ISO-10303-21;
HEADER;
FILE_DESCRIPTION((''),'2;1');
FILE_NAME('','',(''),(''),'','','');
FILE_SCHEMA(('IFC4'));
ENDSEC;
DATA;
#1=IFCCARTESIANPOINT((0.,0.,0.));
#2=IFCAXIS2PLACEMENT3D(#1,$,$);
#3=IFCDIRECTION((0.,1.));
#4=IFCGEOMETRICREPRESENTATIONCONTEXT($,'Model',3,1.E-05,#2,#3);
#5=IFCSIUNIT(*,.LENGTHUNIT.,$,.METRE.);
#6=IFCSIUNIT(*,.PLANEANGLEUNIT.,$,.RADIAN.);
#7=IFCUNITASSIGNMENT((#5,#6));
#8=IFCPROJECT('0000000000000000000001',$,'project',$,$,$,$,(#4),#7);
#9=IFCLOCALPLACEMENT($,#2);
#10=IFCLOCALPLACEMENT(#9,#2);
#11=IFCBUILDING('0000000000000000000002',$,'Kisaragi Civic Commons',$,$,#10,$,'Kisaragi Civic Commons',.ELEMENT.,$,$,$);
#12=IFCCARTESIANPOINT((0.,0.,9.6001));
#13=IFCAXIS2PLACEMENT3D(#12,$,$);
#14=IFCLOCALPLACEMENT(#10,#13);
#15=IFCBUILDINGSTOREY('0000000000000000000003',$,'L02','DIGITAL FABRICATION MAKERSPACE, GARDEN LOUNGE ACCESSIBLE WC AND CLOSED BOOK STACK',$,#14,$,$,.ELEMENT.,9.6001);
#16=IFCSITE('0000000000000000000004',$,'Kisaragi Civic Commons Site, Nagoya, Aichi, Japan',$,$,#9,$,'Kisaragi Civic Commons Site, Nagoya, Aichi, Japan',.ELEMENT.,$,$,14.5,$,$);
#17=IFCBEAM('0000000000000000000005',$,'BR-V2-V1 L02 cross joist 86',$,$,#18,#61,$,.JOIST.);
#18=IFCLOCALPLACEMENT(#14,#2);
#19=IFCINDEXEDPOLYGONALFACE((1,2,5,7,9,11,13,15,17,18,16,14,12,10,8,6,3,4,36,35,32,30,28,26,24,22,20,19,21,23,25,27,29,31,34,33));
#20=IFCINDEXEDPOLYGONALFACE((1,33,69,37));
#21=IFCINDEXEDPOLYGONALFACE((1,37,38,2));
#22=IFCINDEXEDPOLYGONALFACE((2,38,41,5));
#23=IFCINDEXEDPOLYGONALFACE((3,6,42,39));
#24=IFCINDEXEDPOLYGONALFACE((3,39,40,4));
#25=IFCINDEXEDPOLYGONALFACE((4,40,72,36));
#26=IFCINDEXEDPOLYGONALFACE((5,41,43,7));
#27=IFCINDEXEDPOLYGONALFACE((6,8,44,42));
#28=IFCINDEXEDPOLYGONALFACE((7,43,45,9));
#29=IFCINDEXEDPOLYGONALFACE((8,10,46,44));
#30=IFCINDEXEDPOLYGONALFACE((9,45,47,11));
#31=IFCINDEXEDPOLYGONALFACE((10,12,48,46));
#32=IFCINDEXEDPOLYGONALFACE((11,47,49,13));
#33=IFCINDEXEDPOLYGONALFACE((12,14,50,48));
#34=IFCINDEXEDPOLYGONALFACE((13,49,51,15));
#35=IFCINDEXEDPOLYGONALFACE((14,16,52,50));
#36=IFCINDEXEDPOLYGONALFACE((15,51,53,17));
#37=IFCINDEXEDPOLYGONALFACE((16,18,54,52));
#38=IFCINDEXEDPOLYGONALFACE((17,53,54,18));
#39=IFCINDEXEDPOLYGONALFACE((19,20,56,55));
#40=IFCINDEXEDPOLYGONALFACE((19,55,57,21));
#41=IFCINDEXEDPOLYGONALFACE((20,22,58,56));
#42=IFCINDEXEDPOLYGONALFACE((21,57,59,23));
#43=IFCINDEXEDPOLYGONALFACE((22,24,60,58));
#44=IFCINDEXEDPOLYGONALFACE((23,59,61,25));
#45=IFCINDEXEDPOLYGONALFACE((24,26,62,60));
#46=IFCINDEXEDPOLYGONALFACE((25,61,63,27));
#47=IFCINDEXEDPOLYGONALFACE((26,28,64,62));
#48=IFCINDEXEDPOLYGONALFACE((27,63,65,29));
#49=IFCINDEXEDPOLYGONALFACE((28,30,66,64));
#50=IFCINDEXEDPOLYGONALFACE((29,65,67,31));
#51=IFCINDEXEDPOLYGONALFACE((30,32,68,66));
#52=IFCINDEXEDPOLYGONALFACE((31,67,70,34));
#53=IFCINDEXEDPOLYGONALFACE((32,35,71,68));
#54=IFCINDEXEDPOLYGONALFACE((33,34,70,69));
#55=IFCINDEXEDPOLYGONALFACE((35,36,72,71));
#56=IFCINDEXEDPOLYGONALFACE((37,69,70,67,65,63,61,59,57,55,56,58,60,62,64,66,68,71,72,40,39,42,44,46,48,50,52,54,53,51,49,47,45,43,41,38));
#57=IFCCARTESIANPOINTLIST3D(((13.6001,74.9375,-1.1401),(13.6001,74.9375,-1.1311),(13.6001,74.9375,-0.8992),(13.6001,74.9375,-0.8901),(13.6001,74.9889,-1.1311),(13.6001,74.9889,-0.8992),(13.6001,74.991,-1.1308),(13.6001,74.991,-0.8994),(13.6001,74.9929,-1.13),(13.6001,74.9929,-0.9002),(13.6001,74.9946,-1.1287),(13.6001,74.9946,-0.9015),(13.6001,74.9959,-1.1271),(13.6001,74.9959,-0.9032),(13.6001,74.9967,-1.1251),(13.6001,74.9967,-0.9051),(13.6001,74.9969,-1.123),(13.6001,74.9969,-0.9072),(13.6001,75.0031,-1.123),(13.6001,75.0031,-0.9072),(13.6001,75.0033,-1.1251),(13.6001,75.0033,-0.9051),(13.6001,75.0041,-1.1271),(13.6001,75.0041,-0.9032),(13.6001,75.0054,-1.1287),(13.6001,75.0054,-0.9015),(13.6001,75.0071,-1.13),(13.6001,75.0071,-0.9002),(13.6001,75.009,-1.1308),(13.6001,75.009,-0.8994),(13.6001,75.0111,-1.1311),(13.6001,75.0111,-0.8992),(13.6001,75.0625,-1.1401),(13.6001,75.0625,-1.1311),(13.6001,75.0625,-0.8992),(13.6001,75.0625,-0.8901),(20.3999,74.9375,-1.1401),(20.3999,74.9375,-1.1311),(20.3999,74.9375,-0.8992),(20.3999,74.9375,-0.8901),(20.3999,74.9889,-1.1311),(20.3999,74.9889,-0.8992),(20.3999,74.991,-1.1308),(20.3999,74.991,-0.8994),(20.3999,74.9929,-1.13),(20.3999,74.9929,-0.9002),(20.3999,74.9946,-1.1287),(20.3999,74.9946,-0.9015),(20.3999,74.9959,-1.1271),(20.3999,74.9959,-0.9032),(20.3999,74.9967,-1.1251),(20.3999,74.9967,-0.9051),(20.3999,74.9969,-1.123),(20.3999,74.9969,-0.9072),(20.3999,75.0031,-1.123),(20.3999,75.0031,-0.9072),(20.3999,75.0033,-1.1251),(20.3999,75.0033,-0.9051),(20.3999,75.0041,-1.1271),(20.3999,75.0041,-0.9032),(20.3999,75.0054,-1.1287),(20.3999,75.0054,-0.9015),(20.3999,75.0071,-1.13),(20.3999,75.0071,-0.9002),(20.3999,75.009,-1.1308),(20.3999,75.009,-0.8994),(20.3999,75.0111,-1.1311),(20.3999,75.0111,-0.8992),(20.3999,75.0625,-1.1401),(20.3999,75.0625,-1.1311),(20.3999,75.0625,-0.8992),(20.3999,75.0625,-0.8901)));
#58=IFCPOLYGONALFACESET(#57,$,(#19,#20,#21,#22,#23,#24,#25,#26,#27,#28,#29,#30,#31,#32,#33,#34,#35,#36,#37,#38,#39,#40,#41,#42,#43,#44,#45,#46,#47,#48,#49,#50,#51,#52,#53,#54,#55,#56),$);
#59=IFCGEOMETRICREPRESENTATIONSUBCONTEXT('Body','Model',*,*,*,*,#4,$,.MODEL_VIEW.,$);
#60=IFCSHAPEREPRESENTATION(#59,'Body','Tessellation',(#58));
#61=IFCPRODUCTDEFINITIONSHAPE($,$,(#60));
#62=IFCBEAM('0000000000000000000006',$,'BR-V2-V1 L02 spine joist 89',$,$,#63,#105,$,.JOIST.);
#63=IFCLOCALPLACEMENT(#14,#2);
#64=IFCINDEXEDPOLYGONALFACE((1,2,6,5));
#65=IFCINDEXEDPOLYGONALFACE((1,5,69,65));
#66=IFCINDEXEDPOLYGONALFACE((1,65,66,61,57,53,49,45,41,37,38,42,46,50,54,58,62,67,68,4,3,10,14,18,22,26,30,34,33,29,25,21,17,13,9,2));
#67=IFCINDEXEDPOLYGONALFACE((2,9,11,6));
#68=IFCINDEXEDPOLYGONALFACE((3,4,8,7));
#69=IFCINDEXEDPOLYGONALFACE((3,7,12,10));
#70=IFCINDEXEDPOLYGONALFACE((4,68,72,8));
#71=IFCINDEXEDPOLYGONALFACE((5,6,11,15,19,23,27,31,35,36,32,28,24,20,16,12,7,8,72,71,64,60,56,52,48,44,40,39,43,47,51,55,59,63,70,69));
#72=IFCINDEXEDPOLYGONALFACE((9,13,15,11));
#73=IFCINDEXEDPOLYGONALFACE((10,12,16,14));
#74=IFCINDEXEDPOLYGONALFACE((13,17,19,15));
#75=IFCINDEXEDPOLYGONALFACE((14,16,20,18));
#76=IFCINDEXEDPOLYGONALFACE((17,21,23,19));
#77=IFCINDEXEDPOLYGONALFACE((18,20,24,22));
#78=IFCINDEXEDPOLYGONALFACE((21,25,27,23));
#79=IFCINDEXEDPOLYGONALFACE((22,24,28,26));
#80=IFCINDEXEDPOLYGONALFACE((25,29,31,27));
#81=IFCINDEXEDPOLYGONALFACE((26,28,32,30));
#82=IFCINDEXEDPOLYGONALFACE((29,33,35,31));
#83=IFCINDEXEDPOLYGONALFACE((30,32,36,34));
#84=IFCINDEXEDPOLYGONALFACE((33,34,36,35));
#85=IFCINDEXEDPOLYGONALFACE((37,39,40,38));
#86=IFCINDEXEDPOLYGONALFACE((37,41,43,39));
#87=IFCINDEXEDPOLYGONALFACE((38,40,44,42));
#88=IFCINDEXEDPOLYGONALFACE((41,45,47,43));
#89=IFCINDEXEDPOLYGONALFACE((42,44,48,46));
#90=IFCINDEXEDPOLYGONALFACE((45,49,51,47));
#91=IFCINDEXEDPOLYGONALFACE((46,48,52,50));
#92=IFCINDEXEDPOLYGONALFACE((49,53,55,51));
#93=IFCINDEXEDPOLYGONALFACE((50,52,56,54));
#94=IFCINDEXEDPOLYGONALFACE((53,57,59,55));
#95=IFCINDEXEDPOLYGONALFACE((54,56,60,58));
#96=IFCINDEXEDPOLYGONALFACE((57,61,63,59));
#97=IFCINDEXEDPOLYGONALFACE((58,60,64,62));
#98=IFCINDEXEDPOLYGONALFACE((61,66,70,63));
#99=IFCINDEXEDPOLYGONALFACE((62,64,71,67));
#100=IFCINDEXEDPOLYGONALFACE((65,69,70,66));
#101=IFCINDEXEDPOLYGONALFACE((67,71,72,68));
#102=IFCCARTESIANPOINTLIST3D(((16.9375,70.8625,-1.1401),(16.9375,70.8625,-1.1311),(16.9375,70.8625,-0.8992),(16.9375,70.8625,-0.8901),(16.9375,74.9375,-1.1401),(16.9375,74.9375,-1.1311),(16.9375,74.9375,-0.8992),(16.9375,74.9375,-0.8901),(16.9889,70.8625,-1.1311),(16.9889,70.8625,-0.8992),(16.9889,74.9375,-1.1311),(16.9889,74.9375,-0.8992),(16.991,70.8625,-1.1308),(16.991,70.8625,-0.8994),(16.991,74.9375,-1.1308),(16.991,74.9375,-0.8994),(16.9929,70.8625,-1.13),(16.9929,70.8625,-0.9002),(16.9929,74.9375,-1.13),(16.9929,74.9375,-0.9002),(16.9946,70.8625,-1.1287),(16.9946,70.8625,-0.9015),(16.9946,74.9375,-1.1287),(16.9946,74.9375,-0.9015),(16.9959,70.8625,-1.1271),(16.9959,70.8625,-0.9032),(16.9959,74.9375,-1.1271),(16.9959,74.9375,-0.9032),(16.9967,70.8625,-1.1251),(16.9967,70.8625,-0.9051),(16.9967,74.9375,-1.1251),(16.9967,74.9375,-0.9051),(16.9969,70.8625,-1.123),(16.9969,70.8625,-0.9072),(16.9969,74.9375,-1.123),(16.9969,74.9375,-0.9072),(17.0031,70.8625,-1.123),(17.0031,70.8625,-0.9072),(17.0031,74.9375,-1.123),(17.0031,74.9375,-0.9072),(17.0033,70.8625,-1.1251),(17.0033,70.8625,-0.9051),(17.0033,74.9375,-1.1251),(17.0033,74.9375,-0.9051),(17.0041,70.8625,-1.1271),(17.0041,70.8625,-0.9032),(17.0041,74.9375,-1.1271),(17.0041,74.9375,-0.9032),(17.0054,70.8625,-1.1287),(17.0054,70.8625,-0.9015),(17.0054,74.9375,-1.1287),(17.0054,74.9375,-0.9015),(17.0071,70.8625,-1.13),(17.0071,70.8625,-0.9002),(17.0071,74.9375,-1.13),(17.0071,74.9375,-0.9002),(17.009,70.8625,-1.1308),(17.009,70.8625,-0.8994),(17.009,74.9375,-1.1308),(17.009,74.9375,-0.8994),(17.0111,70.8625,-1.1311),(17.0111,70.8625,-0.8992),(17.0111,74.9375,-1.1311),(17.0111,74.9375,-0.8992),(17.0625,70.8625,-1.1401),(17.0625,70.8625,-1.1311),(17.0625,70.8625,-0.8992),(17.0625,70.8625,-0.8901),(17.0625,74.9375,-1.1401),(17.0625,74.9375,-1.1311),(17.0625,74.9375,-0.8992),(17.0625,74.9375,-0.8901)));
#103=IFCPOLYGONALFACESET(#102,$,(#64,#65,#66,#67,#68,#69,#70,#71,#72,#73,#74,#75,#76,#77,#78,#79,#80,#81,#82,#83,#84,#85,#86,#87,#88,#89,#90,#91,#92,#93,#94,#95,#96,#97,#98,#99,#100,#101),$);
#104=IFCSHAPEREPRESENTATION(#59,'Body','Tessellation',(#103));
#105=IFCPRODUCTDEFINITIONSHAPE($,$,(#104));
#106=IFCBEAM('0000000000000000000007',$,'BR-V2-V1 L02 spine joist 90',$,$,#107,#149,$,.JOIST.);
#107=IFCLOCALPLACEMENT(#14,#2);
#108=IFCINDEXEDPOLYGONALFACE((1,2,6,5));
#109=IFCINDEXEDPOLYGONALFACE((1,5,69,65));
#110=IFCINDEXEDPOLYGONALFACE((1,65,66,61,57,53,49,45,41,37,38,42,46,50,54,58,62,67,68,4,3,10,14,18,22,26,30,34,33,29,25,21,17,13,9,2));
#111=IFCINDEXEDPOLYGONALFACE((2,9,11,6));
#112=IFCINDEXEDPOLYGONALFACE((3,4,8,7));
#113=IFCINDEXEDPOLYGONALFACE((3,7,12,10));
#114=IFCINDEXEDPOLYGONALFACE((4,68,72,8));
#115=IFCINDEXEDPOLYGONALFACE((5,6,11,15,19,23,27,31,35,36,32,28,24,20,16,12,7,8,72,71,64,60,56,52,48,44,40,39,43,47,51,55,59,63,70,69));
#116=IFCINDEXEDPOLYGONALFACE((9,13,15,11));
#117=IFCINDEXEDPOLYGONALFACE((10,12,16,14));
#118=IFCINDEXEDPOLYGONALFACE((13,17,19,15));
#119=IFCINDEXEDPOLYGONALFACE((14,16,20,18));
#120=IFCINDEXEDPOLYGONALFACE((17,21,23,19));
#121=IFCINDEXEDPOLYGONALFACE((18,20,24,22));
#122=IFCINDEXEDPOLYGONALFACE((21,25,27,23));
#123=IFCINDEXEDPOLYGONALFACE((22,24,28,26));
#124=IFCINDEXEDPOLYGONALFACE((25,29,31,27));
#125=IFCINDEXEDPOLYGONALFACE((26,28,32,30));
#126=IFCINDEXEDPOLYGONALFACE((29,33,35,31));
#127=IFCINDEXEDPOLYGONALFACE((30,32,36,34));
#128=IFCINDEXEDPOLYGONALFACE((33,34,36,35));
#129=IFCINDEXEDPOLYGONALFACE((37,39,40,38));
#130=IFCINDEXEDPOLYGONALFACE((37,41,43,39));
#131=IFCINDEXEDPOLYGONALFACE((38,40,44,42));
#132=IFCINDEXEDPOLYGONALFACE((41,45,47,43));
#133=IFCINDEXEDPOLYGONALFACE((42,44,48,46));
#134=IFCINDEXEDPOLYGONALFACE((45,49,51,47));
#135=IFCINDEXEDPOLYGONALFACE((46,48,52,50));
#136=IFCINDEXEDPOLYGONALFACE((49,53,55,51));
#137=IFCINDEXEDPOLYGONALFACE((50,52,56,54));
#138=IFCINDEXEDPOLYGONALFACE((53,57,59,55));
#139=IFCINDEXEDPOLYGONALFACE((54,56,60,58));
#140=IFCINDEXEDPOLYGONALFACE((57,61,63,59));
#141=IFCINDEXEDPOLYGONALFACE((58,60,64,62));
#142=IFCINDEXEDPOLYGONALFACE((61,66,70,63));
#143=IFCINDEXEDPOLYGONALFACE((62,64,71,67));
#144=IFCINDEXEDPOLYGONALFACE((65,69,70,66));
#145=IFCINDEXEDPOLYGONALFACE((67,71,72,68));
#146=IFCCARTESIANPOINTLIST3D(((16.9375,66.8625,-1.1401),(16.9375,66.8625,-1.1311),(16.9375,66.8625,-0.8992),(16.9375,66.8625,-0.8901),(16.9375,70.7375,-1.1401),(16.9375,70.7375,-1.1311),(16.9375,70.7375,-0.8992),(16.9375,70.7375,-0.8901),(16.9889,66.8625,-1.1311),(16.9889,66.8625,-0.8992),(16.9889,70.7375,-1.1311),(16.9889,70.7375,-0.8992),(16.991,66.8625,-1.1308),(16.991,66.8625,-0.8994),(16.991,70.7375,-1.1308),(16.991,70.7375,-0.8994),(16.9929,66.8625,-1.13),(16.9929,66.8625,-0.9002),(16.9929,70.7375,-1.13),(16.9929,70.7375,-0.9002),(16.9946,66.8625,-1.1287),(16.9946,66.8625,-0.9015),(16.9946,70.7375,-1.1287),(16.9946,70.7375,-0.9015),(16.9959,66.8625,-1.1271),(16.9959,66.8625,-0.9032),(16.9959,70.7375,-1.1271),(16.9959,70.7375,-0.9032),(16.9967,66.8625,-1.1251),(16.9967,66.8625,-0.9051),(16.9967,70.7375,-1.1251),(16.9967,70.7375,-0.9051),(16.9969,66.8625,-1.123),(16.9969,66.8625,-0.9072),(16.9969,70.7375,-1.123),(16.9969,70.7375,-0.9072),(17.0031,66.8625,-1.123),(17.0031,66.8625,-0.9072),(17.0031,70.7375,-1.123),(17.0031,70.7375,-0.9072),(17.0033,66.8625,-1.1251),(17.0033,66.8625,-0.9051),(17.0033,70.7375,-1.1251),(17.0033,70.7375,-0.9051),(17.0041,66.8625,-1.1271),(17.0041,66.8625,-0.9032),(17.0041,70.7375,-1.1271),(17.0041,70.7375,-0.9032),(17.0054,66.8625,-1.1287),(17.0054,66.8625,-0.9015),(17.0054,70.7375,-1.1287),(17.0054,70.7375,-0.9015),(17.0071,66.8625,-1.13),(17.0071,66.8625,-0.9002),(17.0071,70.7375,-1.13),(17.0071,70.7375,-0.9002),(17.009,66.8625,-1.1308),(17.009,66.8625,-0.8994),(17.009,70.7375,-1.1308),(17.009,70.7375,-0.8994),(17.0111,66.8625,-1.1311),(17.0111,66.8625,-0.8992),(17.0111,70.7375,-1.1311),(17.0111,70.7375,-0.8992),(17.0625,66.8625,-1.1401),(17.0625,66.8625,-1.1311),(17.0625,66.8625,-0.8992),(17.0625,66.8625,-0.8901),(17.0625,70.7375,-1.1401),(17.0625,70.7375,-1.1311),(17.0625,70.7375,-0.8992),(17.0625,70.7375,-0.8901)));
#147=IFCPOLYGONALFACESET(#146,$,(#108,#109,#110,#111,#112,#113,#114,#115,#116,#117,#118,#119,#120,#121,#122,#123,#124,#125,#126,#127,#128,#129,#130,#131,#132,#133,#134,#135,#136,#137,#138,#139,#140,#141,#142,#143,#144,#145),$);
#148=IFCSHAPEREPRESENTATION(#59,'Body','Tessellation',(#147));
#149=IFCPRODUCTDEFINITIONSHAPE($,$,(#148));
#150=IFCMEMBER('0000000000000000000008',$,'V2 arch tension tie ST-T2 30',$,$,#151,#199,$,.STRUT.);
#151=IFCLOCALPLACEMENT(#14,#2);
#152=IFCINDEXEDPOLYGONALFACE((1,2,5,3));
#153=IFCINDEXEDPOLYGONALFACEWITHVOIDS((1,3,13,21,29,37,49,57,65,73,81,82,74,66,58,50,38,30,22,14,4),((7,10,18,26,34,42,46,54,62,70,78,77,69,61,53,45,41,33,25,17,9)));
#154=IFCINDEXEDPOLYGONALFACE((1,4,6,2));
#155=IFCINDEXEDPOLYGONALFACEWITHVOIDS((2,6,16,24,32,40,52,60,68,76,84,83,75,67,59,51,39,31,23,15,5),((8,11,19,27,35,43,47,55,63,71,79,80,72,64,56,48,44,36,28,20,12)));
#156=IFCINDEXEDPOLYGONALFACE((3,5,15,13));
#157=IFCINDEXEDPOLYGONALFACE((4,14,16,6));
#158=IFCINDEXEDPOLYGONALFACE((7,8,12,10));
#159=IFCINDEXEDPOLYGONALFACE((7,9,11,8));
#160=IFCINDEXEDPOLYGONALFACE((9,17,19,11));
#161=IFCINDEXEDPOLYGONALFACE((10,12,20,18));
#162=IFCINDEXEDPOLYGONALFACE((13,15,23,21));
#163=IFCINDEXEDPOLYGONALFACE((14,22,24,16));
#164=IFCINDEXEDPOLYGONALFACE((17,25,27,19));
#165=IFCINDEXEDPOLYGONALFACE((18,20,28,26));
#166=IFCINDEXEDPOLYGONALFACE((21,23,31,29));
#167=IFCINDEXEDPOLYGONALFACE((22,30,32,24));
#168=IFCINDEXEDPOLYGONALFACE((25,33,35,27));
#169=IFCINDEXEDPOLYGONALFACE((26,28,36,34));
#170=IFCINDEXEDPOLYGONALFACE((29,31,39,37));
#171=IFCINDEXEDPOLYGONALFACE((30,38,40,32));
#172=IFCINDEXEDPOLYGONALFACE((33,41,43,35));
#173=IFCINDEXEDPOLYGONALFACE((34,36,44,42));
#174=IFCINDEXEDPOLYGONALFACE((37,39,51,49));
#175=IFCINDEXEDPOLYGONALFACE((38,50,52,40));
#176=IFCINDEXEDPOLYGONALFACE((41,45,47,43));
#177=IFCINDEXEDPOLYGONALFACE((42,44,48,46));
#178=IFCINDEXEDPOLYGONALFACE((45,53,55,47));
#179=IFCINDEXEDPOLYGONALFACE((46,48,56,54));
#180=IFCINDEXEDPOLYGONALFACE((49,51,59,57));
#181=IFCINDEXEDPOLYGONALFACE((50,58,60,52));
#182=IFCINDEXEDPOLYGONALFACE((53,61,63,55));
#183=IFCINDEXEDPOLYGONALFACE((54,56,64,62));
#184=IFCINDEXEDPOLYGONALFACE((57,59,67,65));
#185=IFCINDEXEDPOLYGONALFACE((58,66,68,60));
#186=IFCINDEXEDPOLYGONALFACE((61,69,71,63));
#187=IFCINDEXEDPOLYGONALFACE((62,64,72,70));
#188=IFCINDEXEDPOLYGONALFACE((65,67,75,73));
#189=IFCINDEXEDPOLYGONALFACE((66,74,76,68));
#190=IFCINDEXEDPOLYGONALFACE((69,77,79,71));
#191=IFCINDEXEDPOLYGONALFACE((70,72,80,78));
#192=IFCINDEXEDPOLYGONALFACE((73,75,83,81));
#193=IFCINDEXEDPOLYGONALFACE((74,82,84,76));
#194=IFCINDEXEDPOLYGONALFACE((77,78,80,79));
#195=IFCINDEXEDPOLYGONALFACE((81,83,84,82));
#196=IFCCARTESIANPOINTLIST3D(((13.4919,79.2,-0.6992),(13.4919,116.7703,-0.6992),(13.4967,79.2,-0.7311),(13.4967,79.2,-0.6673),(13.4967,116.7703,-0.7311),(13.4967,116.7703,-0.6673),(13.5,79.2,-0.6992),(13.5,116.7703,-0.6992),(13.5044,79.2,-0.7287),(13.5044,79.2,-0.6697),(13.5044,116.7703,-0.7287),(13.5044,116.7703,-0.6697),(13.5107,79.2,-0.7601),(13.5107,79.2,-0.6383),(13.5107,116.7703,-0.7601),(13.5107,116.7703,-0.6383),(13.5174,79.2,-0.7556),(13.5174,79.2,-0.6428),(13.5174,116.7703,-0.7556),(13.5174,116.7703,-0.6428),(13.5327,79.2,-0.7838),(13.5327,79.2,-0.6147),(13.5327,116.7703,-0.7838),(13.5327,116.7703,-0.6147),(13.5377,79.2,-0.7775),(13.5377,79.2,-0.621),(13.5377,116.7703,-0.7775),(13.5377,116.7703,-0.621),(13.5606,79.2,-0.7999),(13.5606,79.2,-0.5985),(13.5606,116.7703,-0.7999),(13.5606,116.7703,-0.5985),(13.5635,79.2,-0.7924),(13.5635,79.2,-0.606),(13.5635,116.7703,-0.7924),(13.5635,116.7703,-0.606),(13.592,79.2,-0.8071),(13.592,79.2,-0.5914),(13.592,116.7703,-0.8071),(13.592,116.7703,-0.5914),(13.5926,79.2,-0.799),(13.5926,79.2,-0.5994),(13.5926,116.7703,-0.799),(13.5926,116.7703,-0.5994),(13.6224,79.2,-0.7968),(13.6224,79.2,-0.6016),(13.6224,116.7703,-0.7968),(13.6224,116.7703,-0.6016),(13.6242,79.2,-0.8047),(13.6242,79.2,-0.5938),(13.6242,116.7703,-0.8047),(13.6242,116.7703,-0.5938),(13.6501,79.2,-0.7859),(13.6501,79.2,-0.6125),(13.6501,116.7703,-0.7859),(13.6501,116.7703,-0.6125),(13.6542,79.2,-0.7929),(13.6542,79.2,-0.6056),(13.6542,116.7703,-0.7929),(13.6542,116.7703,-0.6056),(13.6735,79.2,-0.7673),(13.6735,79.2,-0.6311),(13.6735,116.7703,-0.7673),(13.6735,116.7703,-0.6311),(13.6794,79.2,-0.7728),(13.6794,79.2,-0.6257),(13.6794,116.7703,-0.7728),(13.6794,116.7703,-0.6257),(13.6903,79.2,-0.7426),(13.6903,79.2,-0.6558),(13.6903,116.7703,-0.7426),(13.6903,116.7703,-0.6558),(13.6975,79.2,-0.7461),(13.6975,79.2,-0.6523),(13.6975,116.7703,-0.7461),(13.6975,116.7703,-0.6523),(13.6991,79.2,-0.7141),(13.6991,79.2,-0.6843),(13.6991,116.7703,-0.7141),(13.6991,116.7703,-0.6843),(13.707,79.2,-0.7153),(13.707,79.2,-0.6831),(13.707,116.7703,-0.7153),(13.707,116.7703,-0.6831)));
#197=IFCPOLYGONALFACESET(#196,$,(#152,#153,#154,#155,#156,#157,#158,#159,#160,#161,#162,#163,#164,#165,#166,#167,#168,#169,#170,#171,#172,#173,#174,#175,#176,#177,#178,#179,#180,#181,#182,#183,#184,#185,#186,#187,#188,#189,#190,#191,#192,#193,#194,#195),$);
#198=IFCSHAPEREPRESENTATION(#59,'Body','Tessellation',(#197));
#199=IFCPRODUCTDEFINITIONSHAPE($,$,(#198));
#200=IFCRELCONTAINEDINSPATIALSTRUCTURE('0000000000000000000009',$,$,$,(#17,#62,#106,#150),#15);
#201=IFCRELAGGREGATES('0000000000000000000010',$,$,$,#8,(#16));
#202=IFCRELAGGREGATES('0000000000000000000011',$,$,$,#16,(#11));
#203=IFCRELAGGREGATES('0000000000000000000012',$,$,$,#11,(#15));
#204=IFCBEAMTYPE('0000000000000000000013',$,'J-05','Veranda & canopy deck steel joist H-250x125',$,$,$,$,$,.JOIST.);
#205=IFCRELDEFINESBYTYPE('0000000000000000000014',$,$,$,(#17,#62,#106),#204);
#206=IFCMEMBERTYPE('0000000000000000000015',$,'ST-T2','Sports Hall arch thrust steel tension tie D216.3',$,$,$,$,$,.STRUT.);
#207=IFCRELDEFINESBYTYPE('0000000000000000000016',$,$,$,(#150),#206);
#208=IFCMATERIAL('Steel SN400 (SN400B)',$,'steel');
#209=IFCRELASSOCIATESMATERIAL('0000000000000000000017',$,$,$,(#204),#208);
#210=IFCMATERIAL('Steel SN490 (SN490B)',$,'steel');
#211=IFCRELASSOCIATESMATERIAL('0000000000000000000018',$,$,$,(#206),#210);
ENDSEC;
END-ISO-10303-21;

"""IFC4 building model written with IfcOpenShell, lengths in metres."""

from ifc_helpers import new_model, si_unit, direction, frame, origin, origin_2d, place, context, subcontext, project, spatial, hollow_circle, i_section, extrude, material, material_profile, profile_set, type_object, element, save


model = new_model("IFC4")

# Units and contexts
model_context = context("Model", 3, precision=1e-05, world=origin(), true_north=direction((0.0, 1.0)))
body_context = subcontext(model_context, "Body", "Model", "MODEL_VIEW")
ifc_project = project(units=[si_unit("LENGTHUNIT", "METRE"), si_unit("PLANEANGLEUNIT", "RADIAN")], contexts=[model_context])

# Site, building, storey
site_placement = place(None, origin())
site = spatial("IfcSite", under=ifc_project, at=site_placement, Name="Kisaragi Civic Commons Site, Nagoya, Aichi, Japan", LongName="Kisaragi Civic Commons Site, Nagoya, Aichi, Japan", CompositionType="ELEMENT", RefElevation=14.5)
building_placement = place(site_placement, origin())
building = spatial("IfcBuilding", under=site, at=building_placement, Name="Kisaragi Civic Commons", LongName="Kisaragi Civic Commons", CompositionType="ELEMENT")
storey_placement = place(building_placement, frame((0.0, 0.0, 9.6001)))
storey = spatial("IfcBuildingStorey", under=building, at=storey_placement, Name="L02", Description="DIGITAL FABRICATION MAKERSPACE, GARDEN LOUNGE ACCESSIBLE WC AND CLOSED BOOK STACK", CompositionType="ELEMENT", Elevation=9.6001)

# Shared definitions
ifc_material_1 = material(Name="Steel SN490 (SN490B)", Category="steel")

# Beams
ifc_material_2 = material(Name="Steel SN400 (SN400B)", Category="steel")
ifc_material_profile_1 = material_profile(ifc_material_2, i_section(OverallWidth=0.125, OverallDepth=0.25, WebThickness=0.0061, FlangeThickness=0.009, FilletRadius=0.0081, at=origin_2d()), Name="H-250x125x6x9", Category="steel")
ifc_profile_set_1 = profile_set([ifc_material_profile_1], Name="Steel SN400 (SN400B)")
beam_type_1 = type_object("IfcBeamType", Name="J-05", Description="Veranda & canopy deck steel joist H-250x125", PredefinedType="JOIST", material=ifc_profile_set_1)
beam_1_placement = place(storey_placement, frame((13.6001, 75.0, -1.0151), z_axis=(1.0, 0.0, 0.0), x_axis=(0.0, 1.0, 0.0)))
element("IfcBeam", 1, at=beam_1_placement, inside=storey, type_object=beam_type_1, Name="BR-V2-V1 L02 cross joist 86", PredefinedType="JOIST", context=body_context, shape_type="SweptSolid", body=[
    extrude(i_section(OverallWidth=0.125, OverallDepth=0.25, WebThickness=0.0061, FlangeThickness=0.009, FilletRadius=0.0081, at=origin_2d()), origin(), (0.0, 0.0, 1.0), 6.7998),
])
beam_2_placement = place(storey_placement, frame((17.0, 74.9375, -1.0151), z_axis=(0.0, -1.0, 0.0), x_axis=(1.0, 0.0, 0.0)))
element("IfcBeam", 2, at=beam_2_placement, inside=storey, type_object=beam_type_1, Name="BR-V2-V1 L02 spine joist 89", PredefinedType="JOIST", context=body_context, shape_type="SweptSolid", body=[
    extrude(i_section(OverallWidth=0.125, OverallDepth=0.25, WebThickness=0.0061, FlangeThickness=0.009, FilletRadius=0.0081, at=origin_2d()), origin(), (0.0, 0.0, 1.0), 4.075),
])
beam_3_placement = place(storey_placement, frame((17.0, 70.7375, -1.0151), z_axis=(0.0, -1.0, 0.0), x_axis=(1.0, 0.0, 0.0)))
element("IfcBeam", 3, at=beam_3_placement, inside=storey, type_object=beam_type_1, Name="BR-V2-V1 L02 spine joist 90", PredefinedType="JOIST", context=body_context, shape_type="SweptSolid", body=[
    extrude(i_section(OverallWidth=0.125, OverallDepth=0.25, WebThickness=0.0061, FlangeThickness=0.009, FilletRadius=0.0081, at=origin_2d()), origin(), (0.0, 0.0, 1.0), 3.875),
])

# Member
ifc_material_profile_2 = material_profile(ifc_material_1, hollow_circle(Radius=0.1082, WallThickness=0.0081, at=origin_2d()), Name="CHS-216.3x8.0", Category="steel")
ifc_profile_set_2 = profile_set([ifc_material_profile_2], Name="Steel SN490 (SN490B)")
member_type_1 = type_object("IfcMemberType", Name="ST-T2", Description="Sports Hall arch thrust steel tension tie D216.3", PredefinedType="STRUT", material=ifc_profile_set_2)
member_1_placement = place(storey_placement, frame((13.6001, 79.2, -0.6992), z_axis=(0.0, 1.0, 0.0), x_axis=(-1.0, 0.0, 0.0)))
element("IfcMember", 4, at=member_1_placement, inside=storey, type_object=member_type_1, Name="V2 arch tension tie ST-T2 30", PredefinedType="STRUT", context=body_context, shape_type="SweptSolid", body=[
    extrude(hollow_circle(Radius=0.1082, WallThickness=0.0081, at=origin_2d()), origin(), (0.0, 0.0, 1.0), 37.5703),
])

save(model, "model.ifc")
